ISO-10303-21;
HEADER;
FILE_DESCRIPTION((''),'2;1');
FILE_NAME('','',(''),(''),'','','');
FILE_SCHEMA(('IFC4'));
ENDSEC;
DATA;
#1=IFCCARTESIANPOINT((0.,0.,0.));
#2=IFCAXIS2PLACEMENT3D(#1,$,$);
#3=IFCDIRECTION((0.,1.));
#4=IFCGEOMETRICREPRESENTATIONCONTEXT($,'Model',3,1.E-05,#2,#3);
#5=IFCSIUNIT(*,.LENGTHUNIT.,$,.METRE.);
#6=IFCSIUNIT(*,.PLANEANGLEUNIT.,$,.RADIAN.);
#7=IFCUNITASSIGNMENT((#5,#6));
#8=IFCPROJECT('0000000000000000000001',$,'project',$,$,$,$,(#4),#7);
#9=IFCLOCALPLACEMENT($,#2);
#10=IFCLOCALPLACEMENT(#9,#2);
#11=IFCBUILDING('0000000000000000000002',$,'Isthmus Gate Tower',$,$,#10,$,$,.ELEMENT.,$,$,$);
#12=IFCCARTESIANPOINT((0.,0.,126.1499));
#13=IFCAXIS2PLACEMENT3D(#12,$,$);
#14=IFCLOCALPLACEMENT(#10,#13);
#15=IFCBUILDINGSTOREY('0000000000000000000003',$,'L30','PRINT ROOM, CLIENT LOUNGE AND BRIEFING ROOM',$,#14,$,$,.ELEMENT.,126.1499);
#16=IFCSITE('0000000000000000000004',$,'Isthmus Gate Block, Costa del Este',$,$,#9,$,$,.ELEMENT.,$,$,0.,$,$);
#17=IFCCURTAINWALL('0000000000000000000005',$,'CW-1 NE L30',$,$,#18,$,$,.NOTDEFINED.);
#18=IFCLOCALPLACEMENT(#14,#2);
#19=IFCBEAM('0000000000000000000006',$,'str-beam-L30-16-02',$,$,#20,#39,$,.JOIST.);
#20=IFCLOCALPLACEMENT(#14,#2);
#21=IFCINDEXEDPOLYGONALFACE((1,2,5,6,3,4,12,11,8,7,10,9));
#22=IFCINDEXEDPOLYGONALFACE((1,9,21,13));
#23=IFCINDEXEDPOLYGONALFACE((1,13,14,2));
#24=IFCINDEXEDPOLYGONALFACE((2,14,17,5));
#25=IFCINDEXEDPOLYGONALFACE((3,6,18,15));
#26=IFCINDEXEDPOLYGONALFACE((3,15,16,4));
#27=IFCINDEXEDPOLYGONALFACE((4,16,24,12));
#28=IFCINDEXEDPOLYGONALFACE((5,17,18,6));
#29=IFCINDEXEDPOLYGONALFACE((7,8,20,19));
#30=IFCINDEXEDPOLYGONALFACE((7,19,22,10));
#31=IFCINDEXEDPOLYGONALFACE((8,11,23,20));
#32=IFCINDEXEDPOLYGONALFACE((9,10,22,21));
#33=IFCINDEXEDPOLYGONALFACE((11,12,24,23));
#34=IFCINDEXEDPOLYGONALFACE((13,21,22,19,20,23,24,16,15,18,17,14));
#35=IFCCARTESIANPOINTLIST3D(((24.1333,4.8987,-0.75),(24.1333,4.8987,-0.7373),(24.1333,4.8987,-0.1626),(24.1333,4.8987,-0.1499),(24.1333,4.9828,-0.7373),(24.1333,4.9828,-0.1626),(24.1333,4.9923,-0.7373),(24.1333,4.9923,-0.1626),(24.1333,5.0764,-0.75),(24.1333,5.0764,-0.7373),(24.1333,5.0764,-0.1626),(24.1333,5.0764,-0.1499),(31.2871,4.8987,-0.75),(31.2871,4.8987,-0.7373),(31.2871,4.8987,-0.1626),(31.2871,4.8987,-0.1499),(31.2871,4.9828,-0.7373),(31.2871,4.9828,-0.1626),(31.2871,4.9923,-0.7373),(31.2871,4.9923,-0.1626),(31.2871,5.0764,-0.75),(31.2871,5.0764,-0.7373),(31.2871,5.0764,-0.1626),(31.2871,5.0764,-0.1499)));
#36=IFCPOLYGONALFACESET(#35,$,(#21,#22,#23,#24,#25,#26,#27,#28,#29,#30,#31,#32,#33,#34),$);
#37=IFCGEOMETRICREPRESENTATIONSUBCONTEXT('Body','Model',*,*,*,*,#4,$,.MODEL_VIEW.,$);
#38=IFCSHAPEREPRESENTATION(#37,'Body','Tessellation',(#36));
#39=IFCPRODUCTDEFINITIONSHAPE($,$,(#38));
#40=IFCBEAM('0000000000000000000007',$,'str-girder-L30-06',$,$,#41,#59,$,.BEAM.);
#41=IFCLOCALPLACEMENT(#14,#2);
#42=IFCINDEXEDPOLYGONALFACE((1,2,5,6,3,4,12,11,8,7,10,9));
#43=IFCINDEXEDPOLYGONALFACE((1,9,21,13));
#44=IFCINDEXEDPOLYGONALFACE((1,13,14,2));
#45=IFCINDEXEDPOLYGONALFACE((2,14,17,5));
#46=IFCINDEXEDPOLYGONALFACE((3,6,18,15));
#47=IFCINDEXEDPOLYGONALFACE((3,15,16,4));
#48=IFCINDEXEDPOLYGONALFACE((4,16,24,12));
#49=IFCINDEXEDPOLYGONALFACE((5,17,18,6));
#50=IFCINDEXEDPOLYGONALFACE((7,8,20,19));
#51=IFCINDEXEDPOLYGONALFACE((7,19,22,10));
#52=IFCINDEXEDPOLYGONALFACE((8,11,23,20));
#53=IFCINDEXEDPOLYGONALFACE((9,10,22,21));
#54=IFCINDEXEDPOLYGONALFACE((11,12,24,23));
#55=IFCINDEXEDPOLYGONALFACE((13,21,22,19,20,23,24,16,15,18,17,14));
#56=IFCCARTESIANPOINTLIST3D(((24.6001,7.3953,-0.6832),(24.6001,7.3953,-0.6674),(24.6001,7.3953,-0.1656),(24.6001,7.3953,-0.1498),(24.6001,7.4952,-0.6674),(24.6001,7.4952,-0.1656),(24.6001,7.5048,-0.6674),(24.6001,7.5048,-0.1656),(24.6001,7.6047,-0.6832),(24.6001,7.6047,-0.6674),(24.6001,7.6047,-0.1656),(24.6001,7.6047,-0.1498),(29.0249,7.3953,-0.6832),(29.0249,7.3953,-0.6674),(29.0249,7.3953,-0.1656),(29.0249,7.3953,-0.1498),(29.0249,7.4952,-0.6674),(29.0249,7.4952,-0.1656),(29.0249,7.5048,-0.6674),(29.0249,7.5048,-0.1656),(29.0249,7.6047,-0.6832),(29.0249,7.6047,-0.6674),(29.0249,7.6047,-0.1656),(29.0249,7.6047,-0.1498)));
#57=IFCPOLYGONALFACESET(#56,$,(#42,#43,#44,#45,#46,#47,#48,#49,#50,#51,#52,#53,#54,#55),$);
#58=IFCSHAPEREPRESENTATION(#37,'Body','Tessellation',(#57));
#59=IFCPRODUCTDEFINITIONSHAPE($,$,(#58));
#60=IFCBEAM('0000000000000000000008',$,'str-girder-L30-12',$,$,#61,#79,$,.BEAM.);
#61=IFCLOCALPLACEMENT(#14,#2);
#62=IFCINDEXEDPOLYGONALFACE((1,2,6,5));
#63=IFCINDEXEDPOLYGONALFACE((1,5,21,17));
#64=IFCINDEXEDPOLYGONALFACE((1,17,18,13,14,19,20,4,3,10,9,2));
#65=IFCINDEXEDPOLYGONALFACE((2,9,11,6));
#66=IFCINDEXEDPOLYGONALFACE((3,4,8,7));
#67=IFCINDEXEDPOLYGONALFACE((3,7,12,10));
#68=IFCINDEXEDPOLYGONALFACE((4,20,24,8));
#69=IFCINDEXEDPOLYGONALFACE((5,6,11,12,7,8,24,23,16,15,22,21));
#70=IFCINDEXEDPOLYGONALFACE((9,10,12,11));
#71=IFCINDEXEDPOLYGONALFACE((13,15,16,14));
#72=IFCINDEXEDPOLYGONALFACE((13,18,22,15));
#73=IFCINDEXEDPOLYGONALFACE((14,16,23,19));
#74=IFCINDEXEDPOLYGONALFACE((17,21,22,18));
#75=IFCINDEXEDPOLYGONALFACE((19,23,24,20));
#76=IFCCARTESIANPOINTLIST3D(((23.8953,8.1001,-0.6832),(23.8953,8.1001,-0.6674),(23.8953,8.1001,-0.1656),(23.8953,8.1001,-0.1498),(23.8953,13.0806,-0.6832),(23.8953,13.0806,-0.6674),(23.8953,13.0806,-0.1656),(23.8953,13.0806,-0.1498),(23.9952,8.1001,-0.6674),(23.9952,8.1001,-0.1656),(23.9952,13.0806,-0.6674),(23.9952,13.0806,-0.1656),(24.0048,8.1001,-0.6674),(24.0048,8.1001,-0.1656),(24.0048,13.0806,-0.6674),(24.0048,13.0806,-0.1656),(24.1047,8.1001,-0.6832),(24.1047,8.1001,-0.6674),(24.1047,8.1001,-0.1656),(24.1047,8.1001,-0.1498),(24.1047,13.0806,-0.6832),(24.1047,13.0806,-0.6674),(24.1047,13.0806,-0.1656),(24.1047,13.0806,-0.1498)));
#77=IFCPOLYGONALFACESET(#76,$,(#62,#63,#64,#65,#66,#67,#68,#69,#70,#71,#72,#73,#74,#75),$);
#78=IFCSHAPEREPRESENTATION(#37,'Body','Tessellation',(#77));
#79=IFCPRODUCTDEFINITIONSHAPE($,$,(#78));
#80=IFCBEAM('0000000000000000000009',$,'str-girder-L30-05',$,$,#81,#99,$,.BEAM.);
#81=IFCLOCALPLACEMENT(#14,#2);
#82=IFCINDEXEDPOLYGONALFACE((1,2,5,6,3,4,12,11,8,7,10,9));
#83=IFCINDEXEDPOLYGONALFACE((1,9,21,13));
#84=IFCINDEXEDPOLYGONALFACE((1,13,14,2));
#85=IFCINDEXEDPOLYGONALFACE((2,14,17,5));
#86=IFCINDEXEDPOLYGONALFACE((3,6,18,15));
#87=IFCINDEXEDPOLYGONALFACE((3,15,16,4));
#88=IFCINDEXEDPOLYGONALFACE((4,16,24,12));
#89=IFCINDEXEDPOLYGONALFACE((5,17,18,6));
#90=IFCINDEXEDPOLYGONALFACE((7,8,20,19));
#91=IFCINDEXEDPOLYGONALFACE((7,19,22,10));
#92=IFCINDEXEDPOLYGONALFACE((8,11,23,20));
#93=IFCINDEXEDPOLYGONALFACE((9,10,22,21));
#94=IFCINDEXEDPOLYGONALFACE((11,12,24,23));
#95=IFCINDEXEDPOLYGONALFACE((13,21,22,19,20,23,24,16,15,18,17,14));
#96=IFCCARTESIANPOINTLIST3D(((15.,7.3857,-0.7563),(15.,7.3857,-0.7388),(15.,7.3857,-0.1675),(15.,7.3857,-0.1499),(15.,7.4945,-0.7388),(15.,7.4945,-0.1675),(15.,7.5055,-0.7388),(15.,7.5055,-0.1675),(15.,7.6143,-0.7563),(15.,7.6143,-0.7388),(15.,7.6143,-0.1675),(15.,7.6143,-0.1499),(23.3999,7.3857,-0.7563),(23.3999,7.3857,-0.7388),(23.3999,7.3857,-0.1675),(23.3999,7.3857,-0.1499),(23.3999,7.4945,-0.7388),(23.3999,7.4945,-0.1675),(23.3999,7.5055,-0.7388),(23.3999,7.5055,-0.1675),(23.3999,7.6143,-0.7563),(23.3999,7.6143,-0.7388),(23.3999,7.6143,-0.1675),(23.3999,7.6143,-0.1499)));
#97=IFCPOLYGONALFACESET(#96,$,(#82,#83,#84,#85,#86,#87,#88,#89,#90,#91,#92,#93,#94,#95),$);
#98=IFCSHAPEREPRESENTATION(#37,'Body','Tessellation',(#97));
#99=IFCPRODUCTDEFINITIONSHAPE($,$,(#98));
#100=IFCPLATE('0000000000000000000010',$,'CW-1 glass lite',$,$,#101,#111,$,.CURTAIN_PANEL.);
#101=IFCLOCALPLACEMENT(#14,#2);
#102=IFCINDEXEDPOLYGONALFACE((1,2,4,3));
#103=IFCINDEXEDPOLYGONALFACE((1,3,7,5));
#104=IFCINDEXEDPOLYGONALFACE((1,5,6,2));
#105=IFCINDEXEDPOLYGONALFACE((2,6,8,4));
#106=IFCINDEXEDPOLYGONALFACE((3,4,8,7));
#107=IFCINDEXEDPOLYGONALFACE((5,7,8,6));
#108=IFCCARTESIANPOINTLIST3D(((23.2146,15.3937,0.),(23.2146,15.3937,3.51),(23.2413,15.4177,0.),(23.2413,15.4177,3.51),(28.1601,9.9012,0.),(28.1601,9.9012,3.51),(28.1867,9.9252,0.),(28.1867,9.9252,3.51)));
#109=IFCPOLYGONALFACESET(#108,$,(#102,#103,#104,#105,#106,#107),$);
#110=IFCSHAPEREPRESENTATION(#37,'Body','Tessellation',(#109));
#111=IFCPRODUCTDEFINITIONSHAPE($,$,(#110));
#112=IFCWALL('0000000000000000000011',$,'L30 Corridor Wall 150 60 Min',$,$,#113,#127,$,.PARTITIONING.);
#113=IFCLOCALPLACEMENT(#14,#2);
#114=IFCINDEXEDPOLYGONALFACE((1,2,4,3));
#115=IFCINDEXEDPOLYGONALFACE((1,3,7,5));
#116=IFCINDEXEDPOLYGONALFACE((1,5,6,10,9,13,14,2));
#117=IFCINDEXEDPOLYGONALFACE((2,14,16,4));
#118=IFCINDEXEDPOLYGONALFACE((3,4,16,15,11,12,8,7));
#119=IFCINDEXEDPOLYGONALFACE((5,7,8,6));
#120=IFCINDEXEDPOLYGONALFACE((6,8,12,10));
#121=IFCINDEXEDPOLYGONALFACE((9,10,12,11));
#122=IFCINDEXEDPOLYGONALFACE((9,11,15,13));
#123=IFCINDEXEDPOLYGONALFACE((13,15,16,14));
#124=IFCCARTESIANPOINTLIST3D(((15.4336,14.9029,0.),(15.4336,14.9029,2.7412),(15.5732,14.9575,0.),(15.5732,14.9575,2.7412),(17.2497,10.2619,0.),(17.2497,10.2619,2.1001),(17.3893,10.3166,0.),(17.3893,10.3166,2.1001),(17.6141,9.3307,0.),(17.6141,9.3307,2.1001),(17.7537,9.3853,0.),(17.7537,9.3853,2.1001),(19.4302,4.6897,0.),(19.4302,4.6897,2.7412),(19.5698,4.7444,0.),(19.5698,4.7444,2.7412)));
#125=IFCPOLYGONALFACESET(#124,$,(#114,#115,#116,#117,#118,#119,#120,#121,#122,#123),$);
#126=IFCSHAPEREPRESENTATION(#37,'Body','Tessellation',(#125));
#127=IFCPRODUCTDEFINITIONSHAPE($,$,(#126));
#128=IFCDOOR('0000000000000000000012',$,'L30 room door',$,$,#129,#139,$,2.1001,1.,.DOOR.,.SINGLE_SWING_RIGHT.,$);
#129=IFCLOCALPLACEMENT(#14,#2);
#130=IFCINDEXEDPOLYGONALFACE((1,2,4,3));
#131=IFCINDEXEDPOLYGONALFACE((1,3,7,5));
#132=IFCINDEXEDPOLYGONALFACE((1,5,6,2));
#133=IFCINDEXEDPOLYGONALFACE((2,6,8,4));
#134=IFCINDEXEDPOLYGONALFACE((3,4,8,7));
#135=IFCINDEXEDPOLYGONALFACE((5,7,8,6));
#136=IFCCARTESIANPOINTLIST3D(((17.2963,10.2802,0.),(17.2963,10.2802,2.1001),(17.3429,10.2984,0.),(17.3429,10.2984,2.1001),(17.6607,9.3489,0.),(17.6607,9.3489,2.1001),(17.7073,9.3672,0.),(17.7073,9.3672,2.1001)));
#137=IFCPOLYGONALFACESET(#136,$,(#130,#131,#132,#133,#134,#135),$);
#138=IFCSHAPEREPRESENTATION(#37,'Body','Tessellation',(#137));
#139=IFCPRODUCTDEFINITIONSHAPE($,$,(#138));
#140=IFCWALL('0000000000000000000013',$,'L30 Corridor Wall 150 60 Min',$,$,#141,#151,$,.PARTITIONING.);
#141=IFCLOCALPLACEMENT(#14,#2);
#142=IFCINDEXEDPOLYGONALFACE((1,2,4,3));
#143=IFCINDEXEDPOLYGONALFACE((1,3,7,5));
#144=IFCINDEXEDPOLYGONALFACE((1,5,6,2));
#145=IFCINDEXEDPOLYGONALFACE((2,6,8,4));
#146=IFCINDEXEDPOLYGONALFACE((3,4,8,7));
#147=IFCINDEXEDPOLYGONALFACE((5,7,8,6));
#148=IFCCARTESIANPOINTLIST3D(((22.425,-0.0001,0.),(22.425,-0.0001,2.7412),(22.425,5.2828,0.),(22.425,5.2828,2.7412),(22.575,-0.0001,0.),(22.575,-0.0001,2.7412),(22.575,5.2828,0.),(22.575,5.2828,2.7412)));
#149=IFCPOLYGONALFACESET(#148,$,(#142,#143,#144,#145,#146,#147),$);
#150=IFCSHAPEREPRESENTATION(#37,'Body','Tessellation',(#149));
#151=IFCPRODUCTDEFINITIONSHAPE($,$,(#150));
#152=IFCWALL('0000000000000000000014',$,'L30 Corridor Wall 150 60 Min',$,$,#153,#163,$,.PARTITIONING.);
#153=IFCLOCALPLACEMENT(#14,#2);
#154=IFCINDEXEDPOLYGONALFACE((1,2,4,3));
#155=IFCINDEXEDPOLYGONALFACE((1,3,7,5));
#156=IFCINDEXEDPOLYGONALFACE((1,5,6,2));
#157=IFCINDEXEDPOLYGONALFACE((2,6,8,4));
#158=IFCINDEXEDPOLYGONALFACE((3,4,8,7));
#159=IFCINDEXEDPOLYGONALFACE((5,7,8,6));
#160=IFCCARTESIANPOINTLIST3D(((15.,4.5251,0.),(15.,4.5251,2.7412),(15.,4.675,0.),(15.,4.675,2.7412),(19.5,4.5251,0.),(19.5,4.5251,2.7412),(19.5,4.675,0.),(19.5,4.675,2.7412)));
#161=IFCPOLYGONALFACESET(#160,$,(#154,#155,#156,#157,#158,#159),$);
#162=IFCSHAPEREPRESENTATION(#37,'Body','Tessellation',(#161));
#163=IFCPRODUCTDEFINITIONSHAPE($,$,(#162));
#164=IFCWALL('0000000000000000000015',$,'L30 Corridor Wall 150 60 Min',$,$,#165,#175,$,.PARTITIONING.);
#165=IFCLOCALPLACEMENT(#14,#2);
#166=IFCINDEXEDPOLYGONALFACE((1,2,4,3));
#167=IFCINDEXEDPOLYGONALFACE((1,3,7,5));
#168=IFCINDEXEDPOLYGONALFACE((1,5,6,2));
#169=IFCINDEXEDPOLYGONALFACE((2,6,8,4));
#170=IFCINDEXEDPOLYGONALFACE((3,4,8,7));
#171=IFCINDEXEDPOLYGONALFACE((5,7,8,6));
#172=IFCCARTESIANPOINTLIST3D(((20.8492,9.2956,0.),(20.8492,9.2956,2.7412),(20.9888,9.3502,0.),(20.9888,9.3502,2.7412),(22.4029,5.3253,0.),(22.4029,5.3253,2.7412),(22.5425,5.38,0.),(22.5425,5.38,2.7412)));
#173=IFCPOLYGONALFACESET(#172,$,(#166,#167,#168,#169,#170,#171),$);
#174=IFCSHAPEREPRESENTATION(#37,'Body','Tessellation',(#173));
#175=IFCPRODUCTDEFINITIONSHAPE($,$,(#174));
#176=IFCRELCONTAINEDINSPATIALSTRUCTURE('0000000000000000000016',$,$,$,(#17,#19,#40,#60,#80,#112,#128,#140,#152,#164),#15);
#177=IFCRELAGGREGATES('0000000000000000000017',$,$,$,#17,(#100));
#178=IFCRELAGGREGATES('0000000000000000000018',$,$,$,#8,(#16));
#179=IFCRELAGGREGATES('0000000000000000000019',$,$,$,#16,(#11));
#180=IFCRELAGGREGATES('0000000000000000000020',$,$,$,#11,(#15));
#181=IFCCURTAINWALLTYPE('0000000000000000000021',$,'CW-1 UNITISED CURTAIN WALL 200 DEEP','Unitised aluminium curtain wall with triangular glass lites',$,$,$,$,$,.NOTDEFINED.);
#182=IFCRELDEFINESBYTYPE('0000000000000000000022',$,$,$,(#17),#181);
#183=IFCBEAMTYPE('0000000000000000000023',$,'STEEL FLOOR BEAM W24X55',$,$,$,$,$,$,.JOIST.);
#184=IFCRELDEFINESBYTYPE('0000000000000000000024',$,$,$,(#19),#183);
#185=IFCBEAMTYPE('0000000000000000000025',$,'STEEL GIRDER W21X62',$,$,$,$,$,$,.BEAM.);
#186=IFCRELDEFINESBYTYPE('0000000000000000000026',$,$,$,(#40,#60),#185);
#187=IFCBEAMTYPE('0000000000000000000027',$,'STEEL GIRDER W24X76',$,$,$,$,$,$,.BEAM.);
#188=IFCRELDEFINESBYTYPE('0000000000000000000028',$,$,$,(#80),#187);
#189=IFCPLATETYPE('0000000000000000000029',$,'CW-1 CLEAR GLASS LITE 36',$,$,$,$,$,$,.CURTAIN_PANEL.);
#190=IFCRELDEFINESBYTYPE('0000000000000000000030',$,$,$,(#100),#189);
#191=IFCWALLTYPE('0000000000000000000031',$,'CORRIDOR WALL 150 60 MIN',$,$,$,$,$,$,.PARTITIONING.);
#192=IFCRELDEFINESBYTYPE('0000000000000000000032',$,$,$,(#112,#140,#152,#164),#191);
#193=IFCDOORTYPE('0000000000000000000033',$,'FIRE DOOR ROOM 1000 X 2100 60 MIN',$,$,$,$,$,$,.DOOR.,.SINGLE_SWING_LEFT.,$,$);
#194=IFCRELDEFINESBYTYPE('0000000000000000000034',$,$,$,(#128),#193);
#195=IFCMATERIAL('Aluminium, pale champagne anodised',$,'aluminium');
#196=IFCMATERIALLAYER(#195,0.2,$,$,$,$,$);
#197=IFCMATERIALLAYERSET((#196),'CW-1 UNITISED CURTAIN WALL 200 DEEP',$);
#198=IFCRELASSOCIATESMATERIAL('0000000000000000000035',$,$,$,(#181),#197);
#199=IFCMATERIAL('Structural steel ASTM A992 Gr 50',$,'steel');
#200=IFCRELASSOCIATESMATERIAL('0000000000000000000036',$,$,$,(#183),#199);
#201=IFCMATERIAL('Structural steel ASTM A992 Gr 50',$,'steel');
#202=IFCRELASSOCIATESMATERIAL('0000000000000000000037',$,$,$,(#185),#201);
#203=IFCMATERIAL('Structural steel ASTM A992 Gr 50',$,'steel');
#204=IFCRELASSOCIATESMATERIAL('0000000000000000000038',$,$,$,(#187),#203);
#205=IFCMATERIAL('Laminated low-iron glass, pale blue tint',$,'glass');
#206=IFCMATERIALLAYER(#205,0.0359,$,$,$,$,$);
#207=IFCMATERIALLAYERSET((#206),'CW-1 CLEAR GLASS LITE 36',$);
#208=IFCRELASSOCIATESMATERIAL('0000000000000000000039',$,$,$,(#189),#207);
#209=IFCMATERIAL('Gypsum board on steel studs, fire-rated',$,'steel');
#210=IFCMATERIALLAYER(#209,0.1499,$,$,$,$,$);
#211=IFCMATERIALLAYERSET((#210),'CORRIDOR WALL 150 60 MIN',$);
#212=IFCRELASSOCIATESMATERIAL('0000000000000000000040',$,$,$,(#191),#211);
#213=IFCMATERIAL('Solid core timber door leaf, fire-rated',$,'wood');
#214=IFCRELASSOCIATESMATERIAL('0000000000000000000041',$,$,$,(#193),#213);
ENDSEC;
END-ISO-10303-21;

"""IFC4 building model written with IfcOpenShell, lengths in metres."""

from ifc_helpers import new_model, si_unit, direction, frame, frame_2d, origin, origin_2d, place, context, subcontext, project, spatial, rectangle, i_section, extrude, material, layer, layer_set, material_profile, profile_set, type_object, element, fill, aggregate, save


model = new_model("IFC4")

# Units and contexts
model_context = context("Model", 3, precision=1e-05, world=origin(), true_north=direction((0.0, 1.0)))
body_context = subcontext(model_context, "Body", "Model", "MODEL_VIEW")
ifc_project = project(units=[si_unit("LENGTHUNIT", "METRE"), si_unit("PLANEANGLEUNIT", "RADIAN")], contexts=[model_context])

# Site, building, storey
site_placement = place(None, origin())
site = spatial("IfcSite", under=ifc_project, at=site_placement, Name="Isthmus Gate Block, Costa del Este", CompositionType="ELEMENT", RefElevation=0.0)
building_placement = place(site_placement, origin())
building = spatial("IfcBuilding", under=site, at=building_placement, Name="Isthmus Gate Tower", CompositionType="ELEMENT")
storey_placement = place(building_placement, frame((0.0, 0.0, 126.1499)))
storey = spatial("IfcBuildingStorey", under=building, at=storey_placement, Name="L30", Description="PRINT ROOM, CLIENT LOUNGE AND BRIEFING ROOM", CompositionType="ELEMENT", Elevation=126.1499)

# Curtain wall
ifc_material_1 = material(Name="Aluminium, pale champagne anodised", Category="aluminium")
ifc_layer_1 = layer(ifc_material_1, 0.2)
ifc_layer_set_1 = layer_set([ifc_layer_1], Name="CW-1 UNITISED CURTAIN WALL 200 DEEP")
curtain_wall_type = type_object("IfcCurtainWallType", Name="CW-1 UNITISED CURTAIN WALL 200 DEEP", Description="Unitised aluminium curtain wall with triangular glass lites", PredefinedType="NOTDEFINED", material=ifc_layer_set_1)
curtain_wall_placement = place(storey_placement, origin())
curtain_wall = element("IfcCurtainWall", 1, at=curtain_wall_placement, inside=storey, type_object=curtain_wall_type, Name="CW-1 NE L30", PredefinedType="NOTDEFINED")

# Beams
ifc_material_2 = material(Name="Structural steel ASTM A992 Gr 50", Category="steel")
ifc_material_profile_1 = material_profile(ifc_material_2, i_section(OverallWidth=0.1777, OverallDepth=0.6001, WebThickness=0.0095, FlangeThickness=0.0127, at=origin_2d()), Name="W24X55")
ifc_profile_set_1 = profile_set([ifc_material_profile_1], Name="Structural steel ASTM A992 Gr 50")
beam_type_1 = type_object("IfcBeamType", Name="STEEL FLOOR BEAM W24X55", PredefinedType="JOIST", material=ifc_profile_set_1)
beam_1_placement = place(storey_placement, frame((24.1333, 4.9875, -0.45), z_axis=(1.0, 0.0, 0.0), x_axis=(0.0, 1.0, 0.0)))
element("IfcBeam", 2, at=beam_1_placement, inside=storey, type_object=beam_type_1, Name="str-beam-L30-16-02", PredefinedType="JOIST", context=body_context, shape_type="SweptSolid", body=[
    extrude(i_section(OverallWidth=0.1777, OverallDepth=0.6001, WebThickness=0.0095, FlangeThickness=0.0127, at=origin_2d()), origin(), (0.0, 0.0, 1.0), 7.1538),
])
ifc_material_3 = material(Name="Structural steel ASTM A992 Gr 50", Category="steel")
ifc_material_profile_2 = material_profile(ifc_material_3, i_section(OverallWidth=0.2095, OverallDepth=0.5334, WebThickness=0.0095, FlangeThickness=0.0159, at=origin_2d()), Name="W21X62")
ifc_profile_set_2 = profile_set([ifc_material_profile_2], Name="Structural steel ASTM A992 Gr 50")
beam_type_2 = type_object("IfcBeamType", Name="STEEL GIRDER W21X62", PredefinedType="BEAM", material=ifc_profile_set_2)
beam_2_placement = place(storey_placement, frame((24.6001, 7.5, -0.4165), z_axis=(1.0, 0.0, 0.0), x_axis=(0.0, 1.0, 0.0)))
element("IfcBeam", 3, at=beam_2_placement, inside=storey, type_object=beam_type_2, Name="str-girder-L30-06", PredefinedType="BEAM", context=body_context, shape_type="SweptSolid", body=[
    extrude(i_section(OverallWidth=0.2095, OverallDepth=0.5334, WebThickness=0.0095, FlangeThickness=0.0159, at=origin_2d()), origin(), (0.0, 0.0, 1.0), 4.4248),
])
beam_3_placement = place(storey_placement, frame((24.0, 8.1001, -0.4165), z_axis=(0.0, 1.0, 0.0), x_axis=(-1.0, 0.0, 0.0)))
element("IfcBeam", 4, at=beam_3_placement, inside=storey, type_object=beam_type_2, Name="str-girder-L30-12", PredefinedType="BEAM", context=body_context, shape_type="SweptSolid", body=[
    extrude(i_section(OverallWidth=0.2095, OverallDepth=0.5334, WebThickness=0.0095, FlangeThickness=0.0159, at=origin_2d()), origin(), (0.0, 0.0, 1.0), 4.9805),
])
ifc_material_4 = material(Name="Structural steel ASTM A992 Gr 50", Category="steel")
ifc_material_profile_3 = material_profile(ifc_material_4, i_section(OverallWidth=0.2285, OverallDepth=0.6064, WebThickness=0.011, FlangeThickness=0.0176, at=origin_2d()), Name="W24X76")
ifc_profile_set_3 = profile_set([ifc_material_profile_3], Name="Structural steel ASTM A992 Gr 50")
beam_type_3 = type_object("IfcBeamType", Name="STEEL GIRDER W24X76", PredefinedType="BEAM", material=ifc_profile_set_3)
beam_4_placement = place(storey_placement, frame((15.0, 7.5, -0.4531), z_axis=(1.0, 0.0, 0.0), x_axis=(0.0, 1.0, 0.0)))
element("IfcBeam", 5, at=beam_4_placement, inside=storey, type_object=beam_type_3, Name="str-girder-L30-05", PredefinedType="BEAM", context=body_context, shape_type="SweptSolid", body=[
    extrude(i_section(OverallWidth=0.2285, OverallDepth=0.6064, WebThickness=0.011, FlangeThickness=0.0176, at=origin_2d()), origin(), (0.0, 0.0, 1.0), 8.3999),
])

# Plate
ifc_material_5 = material(Name="Laminated low-iron glass, pale blue tint", Category="glass")
ifc_layer_2 = layer(ifc_material_5, 0.0359)
ifc_layer_set_2 = layer_set([ifc_layer_2], Name="CW-1 CLEAR GLASS LITE 36")
plate_type = type_object("IfcPlateType", Name="CW-1 CLEAR GLASS LITE 36", PredefinedType="CURTAIN_PANEL", material=ifc_layer_set_2)
plate_placement = place(storey_placement, frame((25.7007, 12.6594, 0.0), z_axis=(0.0, 0.0, 1.0), x_axis=(-0.669131, 0.743145, 0.0)))
plate = element("IfcPlate", 6, at=plate_placement, type_object=plate_type, Name="CW-1 glass lite", PredefinedType="CURTAIN_PANEL", context=body_context, shape_type="SweptSolid", body=[
    extrude(rectangle(XDim=7.3909, YDim=0.0359, at=origin_2d()), origin(), (0.0, 0.0, 1.0), 3.51),
])

# Wall, opening, door
ifc_material_6 = material(Name="Gypsum board on steel studs, fire-rated", Category="steel")
ifc_layer_3 = layer(ifc_material_6, 0.1499)
ifc_layer_set_3 = layer_set([ifc_layer_3], Name="CORRIDOR WALL 150 60 MIN")
wall_type_1 = type_object("IfcWallType", Name="CORRIDOR WALL 150 60 MIN", PredefinedType="PARTITIONING", material=ifc_layer_set_3)
wall_1_placement = place(storey_placement, frame((19.5, 4.717, 0.0), z_axis=(0.0, 0.0, 1.0), x_axis=(-0.36441, 0.931239, 0.0)))
wall_1 = element("IfcWall", 7, at=wall_1_placement, inside=storey, type_object=wall_type_1, Name="L30 Corridor Wall 150 60 Min", PredefinedType="PARTITIONING", context=body_context, shape_type="SweptSolid", body=[
    extrude(rectangle(XDim=10.9673, YDim=0.1499, at=frame_2d((5.4836, 0.0))), origin(), (0.0, 0.0, 1.0), 2.7412),
])
opening_placement = place(wall_1_placement, frame((4.9836, 0.0, 0.0)))
opening = element("IfcOpeningElement", 8, at=opening_placement, cuts=wall_1, PredefinedType="OPENING", context=body_context, shape_type="SweptSolid", body=[
    extrude(rectangle(XDim=1.0, YDim=2.1001, at=frame_2d((0.5, 1.05))), frame((0.0, 0.085, 0.0), z_axis=(0.0, -1.0, 0.0), x_axis=(1.0, 0.0, 0.0)), (0.0, 0.0, 1.0), 0.1699),
])
ifc_material_7 = material(Name="Solid core timber door leaf, fire-rated", Category="wood")
door_type = type_object("IfcDoorType", Name="FIRE DOOR ROOM 1000 X 2100 60 MIN", OperationType="SINGLE_SWING_LEFT", PredefinedType="DOOR", material=ifc_material_7)
door_placement = place(opening_placement, origin())
door = element("IfcDoor", 9, at=door_placement, inside=storey, type_object=door_type, Name="L30 room door", OperationType="SINGLE_SWING_RIGHT", OverallHeight=2.1001, OverallWidth=1.0, PredefinedType="DOOR", context=body_context, shape_type="SweptSolid", body=[
    extrude(rectangle(XDim=1.0, YDim=2.1001, at=frame_2d((0.5, 1.05))), frame((0.0, 0.0249, 0.0), z_axis=(0.0, -1.0, 0.0), x_axis=(1.0, 0.0, 0.0)), (0.0, 0.0, 1.0), 0.05),
])
fill(opening, door)

# Walls
wall_2_placement = place(storey_placement, frame((22.5, 5.283, 0.0), z_axis=(0.0, 0.0, 1.0), x_axis=(0.0, -1.0, 0.0)))
element("IfcWall", 10, at=wall_2_placement, inside=storey, type_object=wall_type_1, Name="L30 Corridor Wall 150 60 Min", PredefinedType="PARTITIONING", context=body_context, shape_type="SweptSolid", body=[
    extrude(rectangle(XDim=5.283, YDim=0.1499, at=frame_2d((2.6416, 0.0))), origin(), (0.0, 0.0, 1.0), 2.7412),
])
wall_3_placement = place(storey_placement, frame((15.0, 4.6001, 0.0), z_axis=(0.0, 0.0, 1.0), x_axis=(1.0, 0.0, 0.0)))
element("IfcWall", 11, at=wall_3_placement, inside=storey, type_object=wall_type_1, Name="L30 Corridor Wall 150 60 Min", PredefinedType="PARTITIONING", context=body_context, shape_type="SweptSolid", body=[
    extrude(rectangle(XDim=4.5, YDim=0.1499, at=frame_2d((2.25, 0.0))), origin(), (0.0, 0.0, 1.0), 2.7412),
])
wall_4_placement = place(storey_placement, frame((20.9189, 9.323, 0.0), z_axis=(0.0, 0.0, 1.0), x_axis=(0.36443, -0.931231, 0.0)))
element("IfcWall", 12, at=wall_4_placement, inside=storey, type_object=wall_type_1, Name="L30 Corridor Wall 150 60 Min", PredefinedType="PARTITIONING", context=body_context, shape_type="SweptSolid", body=[
    extrude(rectangle(XDim=4.2634, YDim=0.1499, at=frame_2d((2.1318, 0.0))), origin(), (0.0, 0.0, 1.0), 2.7412),
])

aggregate(curtain_wall, [plate])

save(model, "model.ifc")
